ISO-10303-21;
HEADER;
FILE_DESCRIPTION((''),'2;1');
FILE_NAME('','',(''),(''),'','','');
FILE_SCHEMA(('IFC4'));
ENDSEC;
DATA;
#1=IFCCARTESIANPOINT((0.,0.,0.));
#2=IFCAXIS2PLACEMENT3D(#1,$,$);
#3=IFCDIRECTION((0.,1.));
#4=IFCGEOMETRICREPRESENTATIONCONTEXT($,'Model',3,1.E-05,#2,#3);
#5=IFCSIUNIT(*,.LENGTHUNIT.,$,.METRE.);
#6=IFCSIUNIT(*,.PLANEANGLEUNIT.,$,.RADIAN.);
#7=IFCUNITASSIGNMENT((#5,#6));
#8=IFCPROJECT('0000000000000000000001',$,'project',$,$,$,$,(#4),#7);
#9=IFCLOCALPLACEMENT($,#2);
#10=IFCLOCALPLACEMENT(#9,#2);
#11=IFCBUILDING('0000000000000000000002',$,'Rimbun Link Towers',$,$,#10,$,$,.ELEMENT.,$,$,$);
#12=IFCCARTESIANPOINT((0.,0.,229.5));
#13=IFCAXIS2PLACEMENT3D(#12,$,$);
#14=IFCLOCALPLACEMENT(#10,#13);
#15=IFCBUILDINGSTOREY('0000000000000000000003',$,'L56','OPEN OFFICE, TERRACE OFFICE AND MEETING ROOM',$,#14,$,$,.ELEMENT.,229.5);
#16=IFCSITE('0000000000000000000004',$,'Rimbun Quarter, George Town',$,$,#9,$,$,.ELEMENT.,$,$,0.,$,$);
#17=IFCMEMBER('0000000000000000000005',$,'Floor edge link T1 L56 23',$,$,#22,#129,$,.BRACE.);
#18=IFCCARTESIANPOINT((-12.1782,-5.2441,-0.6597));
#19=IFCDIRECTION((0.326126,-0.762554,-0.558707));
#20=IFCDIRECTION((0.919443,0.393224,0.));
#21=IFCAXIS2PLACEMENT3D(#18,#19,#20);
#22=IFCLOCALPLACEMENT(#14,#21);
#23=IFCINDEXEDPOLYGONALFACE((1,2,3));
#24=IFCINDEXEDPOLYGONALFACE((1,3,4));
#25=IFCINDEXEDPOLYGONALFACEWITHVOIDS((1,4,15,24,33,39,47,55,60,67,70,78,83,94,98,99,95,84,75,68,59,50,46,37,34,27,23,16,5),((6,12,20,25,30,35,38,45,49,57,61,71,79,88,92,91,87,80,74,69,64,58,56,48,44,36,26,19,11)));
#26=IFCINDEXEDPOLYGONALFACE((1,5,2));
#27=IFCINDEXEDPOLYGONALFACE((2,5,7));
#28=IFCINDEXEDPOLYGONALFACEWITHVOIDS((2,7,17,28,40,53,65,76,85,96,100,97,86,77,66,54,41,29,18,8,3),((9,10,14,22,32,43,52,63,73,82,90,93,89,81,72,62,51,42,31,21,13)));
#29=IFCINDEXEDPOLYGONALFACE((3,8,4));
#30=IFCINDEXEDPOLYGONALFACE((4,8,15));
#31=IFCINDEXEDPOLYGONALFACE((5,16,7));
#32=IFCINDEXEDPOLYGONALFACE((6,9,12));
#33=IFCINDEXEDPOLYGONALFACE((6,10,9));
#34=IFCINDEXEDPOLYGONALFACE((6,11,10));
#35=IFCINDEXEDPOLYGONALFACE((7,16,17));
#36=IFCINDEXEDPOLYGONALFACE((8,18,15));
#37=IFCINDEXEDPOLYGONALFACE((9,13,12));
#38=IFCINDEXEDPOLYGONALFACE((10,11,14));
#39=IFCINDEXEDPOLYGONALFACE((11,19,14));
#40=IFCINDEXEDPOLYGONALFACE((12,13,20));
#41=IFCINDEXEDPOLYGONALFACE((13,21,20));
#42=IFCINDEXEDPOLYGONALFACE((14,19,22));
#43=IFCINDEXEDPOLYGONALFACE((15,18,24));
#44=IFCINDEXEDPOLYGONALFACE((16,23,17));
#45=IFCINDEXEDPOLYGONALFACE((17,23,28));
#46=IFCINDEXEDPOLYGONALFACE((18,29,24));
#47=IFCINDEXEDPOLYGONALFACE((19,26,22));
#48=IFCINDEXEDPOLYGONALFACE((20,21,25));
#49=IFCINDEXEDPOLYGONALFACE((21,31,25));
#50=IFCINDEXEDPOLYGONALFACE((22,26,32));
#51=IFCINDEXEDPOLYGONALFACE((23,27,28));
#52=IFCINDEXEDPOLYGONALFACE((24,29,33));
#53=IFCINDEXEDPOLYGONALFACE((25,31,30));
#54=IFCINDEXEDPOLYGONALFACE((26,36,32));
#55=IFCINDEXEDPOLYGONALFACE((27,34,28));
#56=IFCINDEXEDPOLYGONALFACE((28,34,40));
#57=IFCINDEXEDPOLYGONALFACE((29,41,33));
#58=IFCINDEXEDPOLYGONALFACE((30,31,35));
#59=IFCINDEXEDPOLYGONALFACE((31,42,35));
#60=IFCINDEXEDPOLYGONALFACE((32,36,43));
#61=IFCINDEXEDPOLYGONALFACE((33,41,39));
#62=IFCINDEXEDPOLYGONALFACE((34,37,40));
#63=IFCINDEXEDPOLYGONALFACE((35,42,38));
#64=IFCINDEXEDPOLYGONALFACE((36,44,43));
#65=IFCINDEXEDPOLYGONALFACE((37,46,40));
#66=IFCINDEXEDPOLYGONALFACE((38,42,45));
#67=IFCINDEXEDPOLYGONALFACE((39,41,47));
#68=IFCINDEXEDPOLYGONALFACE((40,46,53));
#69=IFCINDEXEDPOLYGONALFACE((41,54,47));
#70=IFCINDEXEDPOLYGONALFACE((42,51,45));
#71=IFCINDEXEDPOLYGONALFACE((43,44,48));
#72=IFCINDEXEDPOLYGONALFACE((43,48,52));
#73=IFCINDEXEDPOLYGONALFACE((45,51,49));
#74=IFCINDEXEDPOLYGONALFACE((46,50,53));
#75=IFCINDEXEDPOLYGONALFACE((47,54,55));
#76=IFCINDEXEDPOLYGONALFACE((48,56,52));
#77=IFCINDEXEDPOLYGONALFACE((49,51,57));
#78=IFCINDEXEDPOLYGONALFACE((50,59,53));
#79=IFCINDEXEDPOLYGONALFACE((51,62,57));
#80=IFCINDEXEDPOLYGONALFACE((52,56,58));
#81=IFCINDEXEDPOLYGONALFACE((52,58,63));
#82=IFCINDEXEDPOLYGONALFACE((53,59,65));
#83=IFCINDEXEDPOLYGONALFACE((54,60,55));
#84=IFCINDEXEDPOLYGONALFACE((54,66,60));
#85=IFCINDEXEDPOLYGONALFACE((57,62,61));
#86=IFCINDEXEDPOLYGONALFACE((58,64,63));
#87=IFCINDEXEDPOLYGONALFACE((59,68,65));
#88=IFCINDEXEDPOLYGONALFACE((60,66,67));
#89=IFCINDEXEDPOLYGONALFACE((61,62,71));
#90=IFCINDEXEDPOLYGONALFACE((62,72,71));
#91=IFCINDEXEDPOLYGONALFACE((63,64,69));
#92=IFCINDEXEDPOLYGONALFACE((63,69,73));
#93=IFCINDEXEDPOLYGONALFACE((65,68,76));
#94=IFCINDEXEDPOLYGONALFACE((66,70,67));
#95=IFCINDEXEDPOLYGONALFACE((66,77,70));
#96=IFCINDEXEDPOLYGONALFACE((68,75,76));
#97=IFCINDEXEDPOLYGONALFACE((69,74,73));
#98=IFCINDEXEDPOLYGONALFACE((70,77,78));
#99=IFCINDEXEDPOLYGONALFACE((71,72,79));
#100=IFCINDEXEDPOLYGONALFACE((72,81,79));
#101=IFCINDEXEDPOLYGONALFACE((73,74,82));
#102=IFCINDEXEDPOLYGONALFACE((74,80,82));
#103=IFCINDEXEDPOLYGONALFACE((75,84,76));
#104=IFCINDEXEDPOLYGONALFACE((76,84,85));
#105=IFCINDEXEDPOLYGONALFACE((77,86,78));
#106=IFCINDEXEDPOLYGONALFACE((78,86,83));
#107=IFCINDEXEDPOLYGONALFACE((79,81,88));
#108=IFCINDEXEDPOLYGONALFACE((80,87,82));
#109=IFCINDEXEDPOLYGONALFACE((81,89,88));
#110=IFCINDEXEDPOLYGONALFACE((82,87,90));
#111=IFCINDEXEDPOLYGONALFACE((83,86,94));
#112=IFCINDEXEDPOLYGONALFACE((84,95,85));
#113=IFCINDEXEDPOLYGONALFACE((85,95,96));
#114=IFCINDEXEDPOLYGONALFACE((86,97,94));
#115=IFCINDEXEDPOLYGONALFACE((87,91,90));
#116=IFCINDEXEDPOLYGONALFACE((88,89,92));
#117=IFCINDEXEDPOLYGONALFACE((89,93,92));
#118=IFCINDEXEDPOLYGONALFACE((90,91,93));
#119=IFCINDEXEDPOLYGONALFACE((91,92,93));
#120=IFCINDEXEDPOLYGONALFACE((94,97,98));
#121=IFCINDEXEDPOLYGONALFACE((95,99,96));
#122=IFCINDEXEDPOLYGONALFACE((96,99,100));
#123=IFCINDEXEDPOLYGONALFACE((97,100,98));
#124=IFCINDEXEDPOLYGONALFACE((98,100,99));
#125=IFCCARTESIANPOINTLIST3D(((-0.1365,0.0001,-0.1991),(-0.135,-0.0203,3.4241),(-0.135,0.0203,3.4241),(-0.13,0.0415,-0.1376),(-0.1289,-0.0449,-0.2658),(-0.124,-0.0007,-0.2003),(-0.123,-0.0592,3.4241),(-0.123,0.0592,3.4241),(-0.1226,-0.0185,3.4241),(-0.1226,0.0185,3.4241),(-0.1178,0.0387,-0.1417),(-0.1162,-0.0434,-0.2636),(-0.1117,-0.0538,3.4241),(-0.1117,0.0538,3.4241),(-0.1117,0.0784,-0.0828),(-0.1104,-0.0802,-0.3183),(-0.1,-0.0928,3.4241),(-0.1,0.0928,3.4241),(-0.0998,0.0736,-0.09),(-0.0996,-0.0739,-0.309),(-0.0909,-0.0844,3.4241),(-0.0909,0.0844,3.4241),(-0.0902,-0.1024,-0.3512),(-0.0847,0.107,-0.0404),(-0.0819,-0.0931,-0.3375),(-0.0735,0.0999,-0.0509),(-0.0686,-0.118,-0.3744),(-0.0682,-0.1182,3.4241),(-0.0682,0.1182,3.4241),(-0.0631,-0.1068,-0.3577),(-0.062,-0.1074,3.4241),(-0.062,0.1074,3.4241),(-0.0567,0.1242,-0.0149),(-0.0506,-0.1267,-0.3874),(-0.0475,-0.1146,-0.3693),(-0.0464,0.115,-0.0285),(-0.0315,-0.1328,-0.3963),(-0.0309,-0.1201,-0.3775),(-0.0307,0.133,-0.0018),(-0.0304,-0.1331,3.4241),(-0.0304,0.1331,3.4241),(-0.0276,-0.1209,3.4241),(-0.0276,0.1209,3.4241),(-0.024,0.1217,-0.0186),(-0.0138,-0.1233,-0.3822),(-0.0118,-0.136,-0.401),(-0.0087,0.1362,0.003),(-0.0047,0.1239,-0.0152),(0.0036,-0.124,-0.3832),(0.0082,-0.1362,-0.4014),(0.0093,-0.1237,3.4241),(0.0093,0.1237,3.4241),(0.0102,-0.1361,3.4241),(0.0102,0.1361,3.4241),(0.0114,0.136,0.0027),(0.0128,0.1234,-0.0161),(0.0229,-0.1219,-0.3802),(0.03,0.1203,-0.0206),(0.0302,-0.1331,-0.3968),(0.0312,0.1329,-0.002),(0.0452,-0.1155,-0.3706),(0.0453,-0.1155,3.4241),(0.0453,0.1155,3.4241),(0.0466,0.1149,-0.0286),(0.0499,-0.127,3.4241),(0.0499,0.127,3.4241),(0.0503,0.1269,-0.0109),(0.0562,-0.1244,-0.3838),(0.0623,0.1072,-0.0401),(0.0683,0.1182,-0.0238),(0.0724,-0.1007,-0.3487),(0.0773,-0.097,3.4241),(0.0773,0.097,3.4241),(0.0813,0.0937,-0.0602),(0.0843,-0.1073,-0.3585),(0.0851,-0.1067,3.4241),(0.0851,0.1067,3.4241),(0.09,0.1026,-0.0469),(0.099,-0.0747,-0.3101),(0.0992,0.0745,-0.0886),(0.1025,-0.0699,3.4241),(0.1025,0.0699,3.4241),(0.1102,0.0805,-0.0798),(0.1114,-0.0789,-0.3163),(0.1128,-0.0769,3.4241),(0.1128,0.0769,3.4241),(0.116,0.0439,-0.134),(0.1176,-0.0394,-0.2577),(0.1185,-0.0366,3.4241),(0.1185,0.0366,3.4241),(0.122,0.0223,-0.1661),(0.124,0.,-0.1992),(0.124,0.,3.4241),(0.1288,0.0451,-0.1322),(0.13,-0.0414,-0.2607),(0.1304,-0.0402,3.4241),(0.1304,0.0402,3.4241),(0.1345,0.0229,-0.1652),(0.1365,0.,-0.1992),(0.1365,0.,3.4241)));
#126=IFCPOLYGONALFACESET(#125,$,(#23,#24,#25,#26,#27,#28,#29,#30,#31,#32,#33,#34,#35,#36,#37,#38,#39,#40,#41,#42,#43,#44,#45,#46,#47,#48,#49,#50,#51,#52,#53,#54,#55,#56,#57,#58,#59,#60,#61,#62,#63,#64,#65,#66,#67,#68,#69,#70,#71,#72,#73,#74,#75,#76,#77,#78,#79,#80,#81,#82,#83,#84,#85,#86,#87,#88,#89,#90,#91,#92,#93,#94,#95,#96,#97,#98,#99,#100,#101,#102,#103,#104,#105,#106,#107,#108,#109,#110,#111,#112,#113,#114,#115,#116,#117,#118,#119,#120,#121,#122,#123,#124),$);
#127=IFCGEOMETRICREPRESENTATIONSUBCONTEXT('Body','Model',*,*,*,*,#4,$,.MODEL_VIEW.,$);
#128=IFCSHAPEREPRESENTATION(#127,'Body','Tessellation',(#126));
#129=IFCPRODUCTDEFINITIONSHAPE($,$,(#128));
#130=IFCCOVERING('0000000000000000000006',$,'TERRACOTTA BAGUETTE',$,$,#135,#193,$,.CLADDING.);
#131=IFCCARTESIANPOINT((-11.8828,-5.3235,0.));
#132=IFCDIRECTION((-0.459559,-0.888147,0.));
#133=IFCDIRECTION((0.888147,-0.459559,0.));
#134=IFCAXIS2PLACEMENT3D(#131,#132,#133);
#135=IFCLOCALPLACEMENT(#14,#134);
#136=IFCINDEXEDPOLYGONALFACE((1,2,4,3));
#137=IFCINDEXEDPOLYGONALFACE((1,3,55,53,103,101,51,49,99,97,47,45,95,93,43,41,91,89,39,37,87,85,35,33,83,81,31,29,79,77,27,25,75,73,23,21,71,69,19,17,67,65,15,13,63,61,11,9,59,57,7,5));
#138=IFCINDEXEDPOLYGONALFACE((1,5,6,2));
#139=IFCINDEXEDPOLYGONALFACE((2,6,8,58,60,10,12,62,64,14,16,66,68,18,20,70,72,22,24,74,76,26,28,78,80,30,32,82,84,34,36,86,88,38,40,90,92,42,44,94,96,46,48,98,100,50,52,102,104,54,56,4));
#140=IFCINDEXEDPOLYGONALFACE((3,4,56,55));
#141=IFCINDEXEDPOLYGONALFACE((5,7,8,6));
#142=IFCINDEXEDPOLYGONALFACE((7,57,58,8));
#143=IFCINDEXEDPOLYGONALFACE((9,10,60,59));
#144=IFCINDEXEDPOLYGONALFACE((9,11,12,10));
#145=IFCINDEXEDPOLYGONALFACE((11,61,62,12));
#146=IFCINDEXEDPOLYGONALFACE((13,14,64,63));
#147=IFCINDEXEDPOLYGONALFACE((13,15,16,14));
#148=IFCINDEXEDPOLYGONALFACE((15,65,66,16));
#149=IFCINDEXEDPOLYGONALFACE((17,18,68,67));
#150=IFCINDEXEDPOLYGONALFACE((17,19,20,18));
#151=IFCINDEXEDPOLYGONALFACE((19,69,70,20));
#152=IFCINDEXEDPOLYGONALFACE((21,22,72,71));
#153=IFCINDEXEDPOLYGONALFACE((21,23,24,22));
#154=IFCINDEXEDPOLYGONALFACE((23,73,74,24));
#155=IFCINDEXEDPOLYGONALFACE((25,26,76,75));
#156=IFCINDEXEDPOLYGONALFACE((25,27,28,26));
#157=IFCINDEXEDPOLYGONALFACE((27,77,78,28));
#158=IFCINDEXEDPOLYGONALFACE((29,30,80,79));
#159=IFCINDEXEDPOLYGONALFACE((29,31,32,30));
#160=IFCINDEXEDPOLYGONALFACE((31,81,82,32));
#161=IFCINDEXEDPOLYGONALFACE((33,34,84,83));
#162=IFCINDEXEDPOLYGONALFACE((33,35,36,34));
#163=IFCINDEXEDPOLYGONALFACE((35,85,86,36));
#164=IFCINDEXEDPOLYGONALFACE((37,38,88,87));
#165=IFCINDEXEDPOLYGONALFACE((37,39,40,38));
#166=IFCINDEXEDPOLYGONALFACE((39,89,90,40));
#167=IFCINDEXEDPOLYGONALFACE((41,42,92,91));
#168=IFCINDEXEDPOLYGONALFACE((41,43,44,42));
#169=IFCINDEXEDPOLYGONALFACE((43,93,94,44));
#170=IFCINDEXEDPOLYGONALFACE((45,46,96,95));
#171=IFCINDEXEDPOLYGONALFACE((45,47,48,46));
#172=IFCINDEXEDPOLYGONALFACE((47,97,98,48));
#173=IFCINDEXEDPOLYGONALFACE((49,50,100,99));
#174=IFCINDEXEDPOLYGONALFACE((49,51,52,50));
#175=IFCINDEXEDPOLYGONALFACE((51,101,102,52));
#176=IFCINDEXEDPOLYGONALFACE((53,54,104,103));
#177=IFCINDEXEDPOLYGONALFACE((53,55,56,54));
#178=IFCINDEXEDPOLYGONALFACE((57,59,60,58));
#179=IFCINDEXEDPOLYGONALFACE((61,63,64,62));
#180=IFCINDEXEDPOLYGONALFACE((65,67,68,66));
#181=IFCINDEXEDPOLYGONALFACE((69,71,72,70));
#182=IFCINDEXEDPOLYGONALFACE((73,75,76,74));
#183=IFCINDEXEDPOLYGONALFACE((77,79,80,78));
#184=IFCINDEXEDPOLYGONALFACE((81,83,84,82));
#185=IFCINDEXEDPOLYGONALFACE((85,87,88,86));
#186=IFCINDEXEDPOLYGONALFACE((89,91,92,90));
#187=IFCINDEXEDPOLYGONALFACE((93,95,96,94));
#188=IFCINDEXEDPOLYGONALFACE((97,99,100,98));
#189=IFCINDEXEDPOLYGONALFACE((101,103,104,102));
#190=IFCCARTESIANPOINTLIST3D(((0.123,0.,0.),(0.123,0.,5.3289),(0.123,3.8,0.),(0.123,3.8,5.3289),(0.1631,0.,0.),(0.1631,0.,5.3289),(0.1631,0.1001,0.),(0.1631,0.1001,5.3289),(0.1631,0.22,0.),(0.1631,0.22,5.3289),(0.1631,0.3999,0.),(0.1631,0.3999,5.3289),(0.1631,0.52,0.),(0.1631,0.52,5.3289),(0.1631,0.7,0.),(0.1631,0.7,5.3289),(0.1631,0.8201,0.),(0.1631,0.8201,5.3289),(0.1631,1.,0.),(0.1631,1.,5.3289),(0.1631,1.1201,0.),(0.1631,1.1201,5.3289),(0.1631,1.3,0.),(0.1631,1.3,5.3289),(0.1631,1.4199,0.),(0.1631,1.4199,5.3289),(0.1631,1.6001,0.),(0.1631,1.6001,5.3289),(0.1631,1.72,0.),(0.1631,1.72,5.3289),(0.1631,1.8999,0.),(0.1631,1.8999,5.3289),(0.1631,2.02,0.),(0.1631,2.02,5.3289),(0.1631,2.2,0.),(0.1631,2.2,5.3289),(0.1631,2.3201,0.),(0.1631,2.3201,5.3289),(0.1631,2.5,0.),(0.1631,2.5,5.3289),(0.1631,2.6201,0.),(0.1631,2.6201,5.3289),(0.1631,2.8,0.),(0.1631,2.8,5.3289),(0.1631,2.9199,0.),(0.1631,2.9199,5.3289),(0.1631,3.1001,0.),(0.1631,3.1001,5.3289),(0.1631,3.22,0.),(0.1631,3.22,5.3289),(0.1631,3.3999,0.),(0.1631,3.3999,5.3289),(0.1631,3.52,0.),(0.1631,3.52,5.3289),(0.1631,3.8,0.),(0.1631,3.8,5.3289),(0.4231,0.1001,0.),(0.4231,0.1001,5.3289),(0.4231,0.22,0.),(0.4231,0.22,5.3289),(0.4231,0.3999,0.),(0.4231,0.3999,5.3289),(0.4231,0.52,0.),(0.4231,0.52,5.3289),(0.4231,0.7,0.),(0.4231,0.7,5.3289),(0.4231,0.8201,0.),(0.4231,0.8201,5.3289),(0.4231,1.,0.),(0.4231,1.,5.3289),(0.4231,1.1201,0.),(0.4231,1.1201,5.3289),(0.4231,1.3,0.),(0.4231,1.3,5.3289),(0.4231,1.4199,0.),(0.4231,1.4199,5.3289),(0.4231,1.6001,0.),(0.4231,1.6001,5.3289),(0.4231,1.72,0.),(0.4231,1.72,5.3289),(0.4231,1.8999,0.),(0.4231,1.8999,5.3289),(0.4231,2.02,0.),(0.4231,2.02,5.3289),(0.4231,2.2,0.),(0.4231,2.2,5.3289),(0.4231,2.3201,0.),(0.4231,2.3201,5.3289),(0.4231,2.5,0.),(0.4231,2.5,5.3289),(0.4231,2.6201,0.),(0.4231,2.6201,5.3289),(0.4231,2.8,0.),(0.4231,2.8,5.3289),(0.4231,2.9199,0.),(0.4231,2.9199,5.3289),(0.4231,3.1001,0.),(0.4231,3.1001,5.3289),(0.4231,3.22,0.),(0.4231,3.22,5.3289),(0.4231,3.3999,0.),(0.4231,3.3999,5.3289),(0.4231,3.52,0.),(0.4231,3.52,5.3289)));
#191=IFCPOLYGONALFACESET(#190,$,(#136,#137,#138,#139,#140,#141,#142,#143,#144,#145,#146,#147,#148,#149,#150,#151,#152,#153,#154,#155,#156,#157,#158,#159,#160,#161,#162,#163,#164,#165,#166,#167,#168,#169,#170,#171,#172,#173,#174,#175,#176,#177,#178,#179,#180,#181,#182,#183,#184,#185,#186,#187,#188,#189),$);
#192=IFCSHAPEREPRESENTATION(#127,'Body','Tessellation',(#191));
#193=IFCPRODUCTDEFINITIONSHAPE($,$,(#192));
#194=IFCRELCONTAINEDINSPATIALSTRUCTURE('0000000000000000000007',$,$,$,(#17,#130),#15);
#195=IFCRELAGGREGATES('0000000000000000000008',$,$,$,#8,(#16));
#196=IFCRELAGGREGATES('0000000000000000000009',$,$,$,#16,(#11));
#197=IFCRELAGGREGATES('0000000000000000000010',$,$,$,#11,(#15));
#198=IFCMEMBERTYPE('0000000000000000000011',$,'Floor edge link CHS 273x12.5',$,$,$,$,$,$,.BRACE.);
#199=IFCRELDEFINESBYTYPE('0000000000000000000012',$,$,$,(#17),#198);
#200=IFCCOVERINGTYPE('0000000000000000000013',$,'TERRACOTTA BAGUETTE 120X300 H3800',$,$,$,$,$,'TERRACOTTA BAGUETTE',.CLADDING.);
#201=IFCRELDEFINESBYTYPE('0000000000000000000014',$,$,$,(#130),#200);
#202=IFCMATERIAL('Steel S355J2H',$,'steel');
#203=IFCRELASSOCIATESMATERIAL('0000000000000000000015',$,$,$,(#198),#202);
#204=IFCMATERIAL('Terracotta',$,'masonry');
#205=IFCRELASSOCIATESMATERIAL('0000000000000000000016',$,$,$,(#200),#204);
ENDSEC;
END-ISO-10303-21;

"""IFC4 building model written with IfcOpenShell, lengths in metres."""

from ifc_helpers import new_model, si_unit, direction, frame, origin, origin_2d, place, context, subcontext, project, spatial, polyline, hollow_circle, outline, extrude, clip, halfspace, material, material_profile, profile_set, type_object, element, save


model = new_model("IFC4")

# Units and contexts
model_context = context("Model", 3, precision=1e-05, world=origin(), true_north=direction((0.0, 1.0)))
body_context = subcontext(model_context, "Body", "Model", "MODEL_VIEW")
ifc_project = project(units=[si_unit("LENGTHUNIT", "METRE"), si_unit("PLANEANGLEUNIT", "RADIAN")], contexts=[model_context])

# Site, building, storey
site_placement = place(None, origin())
site = spatial("IfcSite", under=ifc_project, at=site_placement, Name="Rimbun Quarter, George Town", CompositionType="ELEMENT", RefElevation=0.0)
building_placement = place(site_placement, origin())
building = spatial("IfcBuilding", under=site, at=building_placement, Name="Rimbun Link Towers", CompositionType="ELEMENT")
storey_placement = place(building_placement, frame((0.0, 0.0, 229.5)))
storey = spatial("IfcBuildingStorey", under=building, at=storey_placement, Name="L56", Description="OPEN OFFICE, TERRACE OFFICE AND MEETING ROOM", CompositionType="ELEMENT", Elevation=229.5)

# Member
ifc_material_1 = material(Name="Steel S355J2H", Category="steel")
ifc_material_profile_1 = material_profile(ifc_material_1, hollow_circle(Radius=0.1365, WallThickness=0.0125, at=origin_2d()), Name="CHS 273x12.5")
ifc_profile_set_1 = profile_set([ifc_material_profile_1], Name="Steel S355J2H")
member_type_1 = type_object("IfcMemberType", Name="Floor edge link CHS 273x12.5", PredefinedType="BRACE", material=ifc_profile_set_1)
member_1_placement = place(storey_placement, frame((-12.1782, -5.2441, -0.6597), z_axis=(0.326126, -0.762554, -0.558707), x_axis=(0.919443, 0.393224, 0.0)))
element("IfcMember", 1, at=member_1_placement, inside=storey, type_object=member_type_1, Name="Floor edge link T1 L56 23", PredefinedType="BRACE", context=body_context, shape_type="Clipping", body=[
    clip(extrude(hollow_circle(Radius=0.1365, WallThickness=0.0125, at=origin_2d()), frame((0.0, 0.0, -0.4231)), (0.0, 0.0, 1.0), 3.8472), halfspace(frame((0.0, 0.0, -0.1992), z_axis=(0.0, 0.829365, -0.558707)), False)),
])

# Covering
ifc_material_2 = material(Name="Terracotta", Category="masonry")
ifc_material_profile_2 = material_profile(ifc_material_2, outline(polyline([(0.123, 0.0), (0.1631, 0.0), (0.1631, 0.1001), (0.4231, 0.1001), (0.4231, 0.22), (0.1631, 0.22), (0.1631, 0.3999), (0.4231, 0.3999), (0.4231, 0.52), (0.1631, 0.52), (0.1631, 0.7), (0.4231, 0.7), (0.4231, 0.8201), (0.1631, 0.8201), (0.1631, 1.0), (0.4231, 1.0), (0.4231, 1.1201), (0.1631, 1.1201), (0.1631, 1.3), (0.4231, 1.3), (0.4231, 1.4199), (0.1631, 1.4199), (0.1631, 1.6001), (0.4231, 1.6001), (0.4231, 1.72), (0.1631, 1.72), (0.1631, 1.8999), (0.4231, 1.8999), (0.4231, 2.02), (0.1631, 2.02), (0.1631, 2.2), (0.4231, 2.2), (0.4231, 2.3201), (0.1631, 2.3201), (0.1631, 2.5), (0.4231, 2.5), (0.4231, 2.6201), (0.1631, 2.6201), (0.1631, 2.8), (0.4231, 2.8), (0.4231, 2.9199), (0.1631, 2.9199), (0.1631, 3.1001), (0.4231, 3.1001), (0.4231, 3.22), (0.1631, 3.22), (0.1631, 3.3999), (0.4231, 3.3999), (0.4231, 3.52), (0.1631, 3.52), (0.1631, 3.8), (0.123, 3.8), (0.123, 0.0)])), Name="BAGUETTE 120X300")
ifc_profile_set_2 = profile_set([ifc_material_profile_2], Name="Terracotta")
covering_type = type_object("IfcCoveringType", Name="TERRACOTTA BAGUETTE 120X300 H3800", ElementType="TERRACOTTA BAGUETTE", PredefinedType="CLADDING", material=ifc_profile_set_2)
covering_1_placement = place(storey_placement, frame((-11.8828, -5.3235, 0.0), z_axis=(-0.459559, -0.888147, 0.0), x_axis=(0.888147, -0.459559, 0.0)))
element("IfcCovering", 2, at=covering_1_placement, inside=storey, type_object=covering_type, Name="TERRACOTTA BAGUETTE", PredefinedType="CLADDING", context=body_context, shape_type="SweptSolid", body=[
    extrude(outline(polyline([(0.123, 0.0), (0.1631, 0.0), (0.1631, 0.1001), (0.4231, 0.1001), (0.4231, 0.22), (0.1631, 0.22), (0.1631, 0.3999), (0.4231, 0.3999), (0.4231, 0.52), (0.1631, 0.52), (0.1631, 0.7), (0.4231, 0.7), (0.4231, 0.8201), (0.1631, 0.8201), (0.1631, 1.0), (0.4231, 1.0), (0.4231, 1.1201), (0.1631, 1.1201), (0.1631, 1.3), (0.4231, 1.3), (0.4231, 1.4199), (0.1631, 1.4199), (0.1631, 1.6001), (0.4231, 1.6001), (0.4231, 1.72), (0.1631, 1.72), (0.1631, 1.8999), (0.4231, 1.8999), (0.4231, 2.02), (0.1631, 2.02), (0.1631, 2.2), (0.4231, 2.2), (0.4231, 2.3201), (0.1631, 2.3201), (0.1631, 2.5), (0.4231, 2.5), (0.4231, 2.6201), (0.1631, 2.6201), (0.1631, 2.8), (0.4231, 2.8), (0.4231, 2.9199), (0.1631, 2.9199), (0.1631, 3.1001), (0.4231, 3.1001), (0.4231, 3.22), (0.1631, 3.22), (0.1631, 3.3999), (0.4231, 3.3999), (0.4231, 3.52), (0.1631, 3.52), (0.1631, 3.8), (0.123, 3.8), (0.123, 0.0)])), origin(), (0.0, 0.0, 1.0), 5.3289),
])

save(model, "model.ifc")
